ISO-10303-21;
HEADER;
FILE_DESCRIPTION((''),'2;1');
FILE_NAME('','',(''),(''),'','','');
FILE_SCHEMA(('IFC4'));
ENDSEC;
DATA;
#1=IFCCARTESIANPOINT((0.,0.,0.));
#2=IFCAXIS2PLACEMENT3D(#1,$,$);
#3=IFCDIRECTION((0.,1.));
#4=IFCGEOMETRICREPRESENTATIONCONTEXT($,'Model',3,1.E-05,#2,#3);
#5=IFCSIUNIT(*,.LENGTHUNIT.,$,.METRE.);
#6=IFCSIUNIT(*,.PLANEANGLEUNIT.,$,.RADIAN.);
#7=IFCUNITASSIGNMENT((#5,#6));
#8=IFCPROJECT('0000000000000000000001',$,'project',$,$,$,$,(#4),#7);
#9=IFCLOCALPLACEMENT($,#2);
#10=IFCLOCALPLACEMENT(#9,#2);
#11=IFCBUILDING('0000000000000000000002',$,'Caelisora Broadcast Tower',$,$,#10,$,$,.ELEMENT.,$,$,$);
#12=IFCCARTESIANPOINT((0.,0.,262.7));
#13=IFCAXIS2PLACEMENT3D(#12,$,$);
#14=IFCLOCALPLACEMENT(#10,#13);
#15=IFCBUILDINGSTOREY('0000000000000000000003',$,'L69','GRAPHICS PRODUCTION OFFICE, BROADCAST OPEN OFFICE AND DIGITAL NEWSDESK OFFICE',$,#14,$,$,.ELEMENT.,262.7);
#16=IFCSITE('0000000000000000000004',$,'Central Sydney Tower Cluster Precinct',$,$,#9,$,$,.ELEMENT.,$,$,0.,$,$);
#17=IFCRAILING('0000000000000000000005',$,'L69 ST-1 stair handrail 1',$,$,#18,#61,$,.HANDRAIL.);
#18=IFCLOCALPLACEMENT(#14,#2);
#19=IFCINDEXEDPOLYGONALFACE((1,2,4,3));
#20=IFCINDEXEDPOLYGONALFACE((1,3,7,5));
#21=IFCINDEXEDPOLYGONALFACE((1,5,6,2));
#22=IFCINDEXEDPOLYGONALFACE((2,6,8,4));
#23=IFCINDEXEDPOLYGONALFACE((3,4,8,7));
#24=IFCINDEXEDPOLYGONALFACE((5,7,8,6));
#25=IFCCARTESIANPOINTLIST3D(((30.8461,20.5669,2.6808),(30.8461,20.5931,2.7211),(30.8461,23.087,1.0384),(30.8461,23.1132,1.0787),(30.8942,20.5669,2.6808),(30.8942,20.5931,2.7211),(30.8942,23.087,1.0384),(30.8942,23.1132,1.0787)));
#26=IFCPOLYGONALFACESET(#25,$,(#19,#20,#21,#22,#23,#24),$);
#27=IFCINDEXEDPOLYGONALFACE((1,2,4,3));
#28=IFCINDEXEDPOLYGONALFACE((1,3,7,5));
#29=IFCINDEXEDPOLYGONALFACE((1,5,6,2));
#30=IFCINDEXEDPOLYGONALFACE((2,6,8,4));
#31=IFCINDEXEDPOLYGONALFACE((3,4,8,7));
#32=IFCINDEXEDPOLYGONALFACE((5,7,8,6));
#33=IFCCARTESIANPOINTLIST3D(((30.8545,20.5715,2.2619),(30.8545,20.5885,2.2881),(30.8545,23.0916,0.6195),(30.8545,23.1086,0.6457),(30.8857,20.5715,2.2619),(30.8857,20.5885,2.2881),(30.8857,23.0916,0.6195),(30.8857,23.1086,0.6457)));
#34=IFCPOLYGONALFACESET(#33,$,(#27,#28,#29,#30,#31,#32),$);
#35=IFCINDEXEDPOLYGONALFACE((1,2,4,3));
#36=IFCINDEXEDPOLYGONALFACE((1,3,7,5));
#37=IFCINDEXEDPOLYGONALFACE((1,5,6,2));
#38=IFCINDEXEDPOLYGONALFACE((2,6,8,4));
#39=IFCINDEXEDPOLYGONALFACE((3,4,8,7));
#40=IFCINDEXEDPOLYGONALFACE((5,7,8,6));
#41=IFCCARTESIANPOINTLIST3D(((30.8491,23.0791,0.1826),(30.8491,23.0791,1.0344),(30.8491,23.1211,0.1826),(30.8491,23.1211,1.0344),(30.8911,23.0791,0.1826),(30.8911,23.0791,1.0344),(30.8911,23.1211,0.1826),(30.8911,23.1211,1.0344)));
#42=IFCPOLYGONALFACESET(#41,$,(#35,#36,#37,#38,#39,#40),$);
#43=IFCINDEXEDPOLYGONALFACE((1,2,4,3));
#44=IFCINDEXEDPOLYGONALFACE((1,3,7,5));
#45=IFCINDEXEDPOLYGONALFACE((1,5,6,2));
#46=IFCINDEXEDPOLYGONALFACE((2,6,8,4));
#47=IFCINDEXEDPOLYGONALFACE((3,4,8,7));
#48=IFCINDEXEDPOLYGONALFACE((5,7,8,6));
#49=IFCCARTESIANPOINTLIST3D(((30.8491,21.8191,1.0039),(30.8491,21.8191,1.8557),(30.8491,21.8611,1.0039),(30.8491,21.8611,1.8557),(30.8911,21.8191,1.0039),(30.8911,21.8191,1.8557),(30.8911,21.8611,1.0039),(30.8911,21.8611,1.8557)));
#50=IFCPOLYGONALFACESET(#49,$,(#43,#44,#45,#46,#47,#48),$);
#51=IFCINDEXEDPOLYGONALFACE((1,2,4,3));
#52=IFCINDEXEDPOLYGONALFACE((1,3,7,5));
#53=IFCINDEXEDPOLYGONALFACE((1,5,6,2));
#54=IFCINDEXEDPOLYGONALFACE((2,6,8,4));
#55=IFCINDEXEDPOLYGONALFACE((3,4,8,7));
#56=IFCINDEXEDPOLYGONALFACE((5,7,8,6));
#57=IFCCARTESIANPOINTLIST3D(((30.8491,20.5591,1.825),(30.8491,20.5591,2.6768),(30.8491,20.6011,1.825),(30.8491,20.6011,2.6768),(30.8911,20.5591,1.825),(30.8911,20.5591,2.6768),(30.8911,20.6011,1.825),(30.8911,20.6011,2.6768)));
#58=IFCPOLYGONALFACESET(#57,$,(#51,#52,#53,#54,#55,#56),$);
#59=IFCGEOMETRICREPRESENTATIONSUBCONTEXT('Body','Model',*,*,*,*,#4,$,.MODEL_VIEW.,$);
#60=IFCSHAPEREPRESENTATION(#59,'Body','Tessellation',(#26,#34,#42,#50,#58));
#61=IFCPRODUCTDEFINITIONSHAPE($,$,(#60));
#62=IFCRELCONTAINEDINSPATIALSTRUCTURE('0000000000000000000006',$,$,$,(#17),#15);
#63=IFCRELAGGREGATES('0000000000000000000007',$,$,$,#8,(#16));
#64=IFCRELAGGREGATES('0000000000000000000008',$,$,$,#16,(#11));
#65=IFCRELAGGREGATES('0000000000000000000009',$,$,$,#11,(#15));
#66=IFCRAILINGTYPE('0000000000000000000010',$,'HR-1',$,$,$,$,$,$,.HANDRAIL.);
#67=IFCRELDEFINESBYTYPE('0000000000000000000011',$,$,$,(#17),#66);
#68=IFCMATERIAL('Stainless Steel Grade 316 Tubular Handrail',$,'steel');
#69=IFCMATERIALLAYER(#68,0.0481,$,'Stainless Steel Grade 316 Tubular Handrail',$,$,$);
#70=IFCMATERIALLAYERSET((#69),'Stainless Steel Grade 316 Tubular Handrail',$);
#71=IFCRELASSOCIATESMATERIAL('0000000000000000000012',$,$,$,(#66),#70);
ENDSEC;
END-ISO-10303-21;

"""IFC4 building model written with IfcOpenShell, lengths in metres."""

from ifc_helpers import new_model, si_unit, direction, frame, origin, origin_2d, place, context, subcontext, project, spatial, rectangle, extrude, material, layer, layer_set, type_object, element, save


model = new_model("IFC4")

# Units and contexts
model_context = context("Model", 3, precision=1e-05, world=origin(), true_north=direction((0.0, 1.0)))
body_context = subcontext(model_context, "Body", "Model", "MODEL_VIEW")
ifc_project = project(units=[si_unit("LENGTHUNIT", "METRE"), si_unit("PLANEANGLEUNIT", "RADIAN")], contexts=[model_context])

# Site, building, storey
site_placement = place(None, origin())
site = spatial("IfcSite", under=ifc_project, at=site_placement, Name="Central Sydney Tower Cluster Precinct", CompositionType="ELEMENT", RefElevation=0.0)
building_placement = place(site_placement, origin())
building = spatial("IfcBuilding", under=site, at=building_placement, Name="Caelisora Broadcast Tower", CompositionType="ELEMENT")
storey_placement = place(building_placement, frame((0.0, 0.0, 262.7)))
storey = spatial("IfcBuildingStorey", under=building, at=storey_placement, Name="L69", Description="GRAPHICS PRODUCTION OFFICE, BROADCAST OPEN OFFICE AND DIGITAL NEWSDESK OFFICE", CompositionType="ELEMENT", Elevation=262.7)

# Railing
ifc_material_1 = material(Name="Stainless Steel Grade 316 Tubular Handrail", Category="steel")
ifc_layer_1 = layer(ifc_material_1, 0.0481, Name="Stainless Steel Grade 316 Tubular Handrail")
ifc_layer_set_1 = layer_set([ifc_layer_1], Name="Stainless Steel Grade 316 Tubular Handrail")
railing_type_1 = type_object("IfcRailingType", Name="HR-1", PredefinedType="HANDRAIL", material=ifc_layer_set_1)
railing_1_placement = place(storey_placement, frame((30.8701, 23.1001, 0.1826)))
element("IfcRailing", 1, at=railing_1_placement, inside=storey, type_object=railing_type_1, Name="L69 ST-1 stair handrail 1", PredefinedType="HANDRAIL", context=body_context, shape_type="SweptSolid", body=[
    extrude(rectangle(XDim=0.0481, YDim=0.0481, at=origin_2d()), frame((0.0, 0.0, 0.876), z_axis=(0.0, -0.837787, 0.545998), x_axis=(1.0, 0.0, 0.0)), (0.0, 0.0, 1.0), 3.0081),
    extrude(rectangle(XDim=0.0312, YDim=0.0312, at=origin_2d()), frame((0.0, 0.0, 0.45), z_axis=(0.0, -0.837787, 0.545998), x_axis=(1.0, 0.0, 0.0)), (0.0, 0.0, 1.0), 3.0081),
    extrude(rectangle(XDim=0.042, YDim=0.042, at=origin_2d()), origin(), (0.0, 0.0, 1.0), 0.8518),
    extrude(rectangle(XDim=0.042, YDim=0.042, at=origin_2d()), frame((0.0, -1.26, 0.8213)), (0.0, 0.0, 1.0), 0.8518),
    extrude(rectangle(XDim=0.042, YDim=0.042, at=origin_2d()), frame((0.0, -2.52, 1.6423)), (0.0, 0.0, 1.0), 0.8518),
])

save(model, "model.ifc")
